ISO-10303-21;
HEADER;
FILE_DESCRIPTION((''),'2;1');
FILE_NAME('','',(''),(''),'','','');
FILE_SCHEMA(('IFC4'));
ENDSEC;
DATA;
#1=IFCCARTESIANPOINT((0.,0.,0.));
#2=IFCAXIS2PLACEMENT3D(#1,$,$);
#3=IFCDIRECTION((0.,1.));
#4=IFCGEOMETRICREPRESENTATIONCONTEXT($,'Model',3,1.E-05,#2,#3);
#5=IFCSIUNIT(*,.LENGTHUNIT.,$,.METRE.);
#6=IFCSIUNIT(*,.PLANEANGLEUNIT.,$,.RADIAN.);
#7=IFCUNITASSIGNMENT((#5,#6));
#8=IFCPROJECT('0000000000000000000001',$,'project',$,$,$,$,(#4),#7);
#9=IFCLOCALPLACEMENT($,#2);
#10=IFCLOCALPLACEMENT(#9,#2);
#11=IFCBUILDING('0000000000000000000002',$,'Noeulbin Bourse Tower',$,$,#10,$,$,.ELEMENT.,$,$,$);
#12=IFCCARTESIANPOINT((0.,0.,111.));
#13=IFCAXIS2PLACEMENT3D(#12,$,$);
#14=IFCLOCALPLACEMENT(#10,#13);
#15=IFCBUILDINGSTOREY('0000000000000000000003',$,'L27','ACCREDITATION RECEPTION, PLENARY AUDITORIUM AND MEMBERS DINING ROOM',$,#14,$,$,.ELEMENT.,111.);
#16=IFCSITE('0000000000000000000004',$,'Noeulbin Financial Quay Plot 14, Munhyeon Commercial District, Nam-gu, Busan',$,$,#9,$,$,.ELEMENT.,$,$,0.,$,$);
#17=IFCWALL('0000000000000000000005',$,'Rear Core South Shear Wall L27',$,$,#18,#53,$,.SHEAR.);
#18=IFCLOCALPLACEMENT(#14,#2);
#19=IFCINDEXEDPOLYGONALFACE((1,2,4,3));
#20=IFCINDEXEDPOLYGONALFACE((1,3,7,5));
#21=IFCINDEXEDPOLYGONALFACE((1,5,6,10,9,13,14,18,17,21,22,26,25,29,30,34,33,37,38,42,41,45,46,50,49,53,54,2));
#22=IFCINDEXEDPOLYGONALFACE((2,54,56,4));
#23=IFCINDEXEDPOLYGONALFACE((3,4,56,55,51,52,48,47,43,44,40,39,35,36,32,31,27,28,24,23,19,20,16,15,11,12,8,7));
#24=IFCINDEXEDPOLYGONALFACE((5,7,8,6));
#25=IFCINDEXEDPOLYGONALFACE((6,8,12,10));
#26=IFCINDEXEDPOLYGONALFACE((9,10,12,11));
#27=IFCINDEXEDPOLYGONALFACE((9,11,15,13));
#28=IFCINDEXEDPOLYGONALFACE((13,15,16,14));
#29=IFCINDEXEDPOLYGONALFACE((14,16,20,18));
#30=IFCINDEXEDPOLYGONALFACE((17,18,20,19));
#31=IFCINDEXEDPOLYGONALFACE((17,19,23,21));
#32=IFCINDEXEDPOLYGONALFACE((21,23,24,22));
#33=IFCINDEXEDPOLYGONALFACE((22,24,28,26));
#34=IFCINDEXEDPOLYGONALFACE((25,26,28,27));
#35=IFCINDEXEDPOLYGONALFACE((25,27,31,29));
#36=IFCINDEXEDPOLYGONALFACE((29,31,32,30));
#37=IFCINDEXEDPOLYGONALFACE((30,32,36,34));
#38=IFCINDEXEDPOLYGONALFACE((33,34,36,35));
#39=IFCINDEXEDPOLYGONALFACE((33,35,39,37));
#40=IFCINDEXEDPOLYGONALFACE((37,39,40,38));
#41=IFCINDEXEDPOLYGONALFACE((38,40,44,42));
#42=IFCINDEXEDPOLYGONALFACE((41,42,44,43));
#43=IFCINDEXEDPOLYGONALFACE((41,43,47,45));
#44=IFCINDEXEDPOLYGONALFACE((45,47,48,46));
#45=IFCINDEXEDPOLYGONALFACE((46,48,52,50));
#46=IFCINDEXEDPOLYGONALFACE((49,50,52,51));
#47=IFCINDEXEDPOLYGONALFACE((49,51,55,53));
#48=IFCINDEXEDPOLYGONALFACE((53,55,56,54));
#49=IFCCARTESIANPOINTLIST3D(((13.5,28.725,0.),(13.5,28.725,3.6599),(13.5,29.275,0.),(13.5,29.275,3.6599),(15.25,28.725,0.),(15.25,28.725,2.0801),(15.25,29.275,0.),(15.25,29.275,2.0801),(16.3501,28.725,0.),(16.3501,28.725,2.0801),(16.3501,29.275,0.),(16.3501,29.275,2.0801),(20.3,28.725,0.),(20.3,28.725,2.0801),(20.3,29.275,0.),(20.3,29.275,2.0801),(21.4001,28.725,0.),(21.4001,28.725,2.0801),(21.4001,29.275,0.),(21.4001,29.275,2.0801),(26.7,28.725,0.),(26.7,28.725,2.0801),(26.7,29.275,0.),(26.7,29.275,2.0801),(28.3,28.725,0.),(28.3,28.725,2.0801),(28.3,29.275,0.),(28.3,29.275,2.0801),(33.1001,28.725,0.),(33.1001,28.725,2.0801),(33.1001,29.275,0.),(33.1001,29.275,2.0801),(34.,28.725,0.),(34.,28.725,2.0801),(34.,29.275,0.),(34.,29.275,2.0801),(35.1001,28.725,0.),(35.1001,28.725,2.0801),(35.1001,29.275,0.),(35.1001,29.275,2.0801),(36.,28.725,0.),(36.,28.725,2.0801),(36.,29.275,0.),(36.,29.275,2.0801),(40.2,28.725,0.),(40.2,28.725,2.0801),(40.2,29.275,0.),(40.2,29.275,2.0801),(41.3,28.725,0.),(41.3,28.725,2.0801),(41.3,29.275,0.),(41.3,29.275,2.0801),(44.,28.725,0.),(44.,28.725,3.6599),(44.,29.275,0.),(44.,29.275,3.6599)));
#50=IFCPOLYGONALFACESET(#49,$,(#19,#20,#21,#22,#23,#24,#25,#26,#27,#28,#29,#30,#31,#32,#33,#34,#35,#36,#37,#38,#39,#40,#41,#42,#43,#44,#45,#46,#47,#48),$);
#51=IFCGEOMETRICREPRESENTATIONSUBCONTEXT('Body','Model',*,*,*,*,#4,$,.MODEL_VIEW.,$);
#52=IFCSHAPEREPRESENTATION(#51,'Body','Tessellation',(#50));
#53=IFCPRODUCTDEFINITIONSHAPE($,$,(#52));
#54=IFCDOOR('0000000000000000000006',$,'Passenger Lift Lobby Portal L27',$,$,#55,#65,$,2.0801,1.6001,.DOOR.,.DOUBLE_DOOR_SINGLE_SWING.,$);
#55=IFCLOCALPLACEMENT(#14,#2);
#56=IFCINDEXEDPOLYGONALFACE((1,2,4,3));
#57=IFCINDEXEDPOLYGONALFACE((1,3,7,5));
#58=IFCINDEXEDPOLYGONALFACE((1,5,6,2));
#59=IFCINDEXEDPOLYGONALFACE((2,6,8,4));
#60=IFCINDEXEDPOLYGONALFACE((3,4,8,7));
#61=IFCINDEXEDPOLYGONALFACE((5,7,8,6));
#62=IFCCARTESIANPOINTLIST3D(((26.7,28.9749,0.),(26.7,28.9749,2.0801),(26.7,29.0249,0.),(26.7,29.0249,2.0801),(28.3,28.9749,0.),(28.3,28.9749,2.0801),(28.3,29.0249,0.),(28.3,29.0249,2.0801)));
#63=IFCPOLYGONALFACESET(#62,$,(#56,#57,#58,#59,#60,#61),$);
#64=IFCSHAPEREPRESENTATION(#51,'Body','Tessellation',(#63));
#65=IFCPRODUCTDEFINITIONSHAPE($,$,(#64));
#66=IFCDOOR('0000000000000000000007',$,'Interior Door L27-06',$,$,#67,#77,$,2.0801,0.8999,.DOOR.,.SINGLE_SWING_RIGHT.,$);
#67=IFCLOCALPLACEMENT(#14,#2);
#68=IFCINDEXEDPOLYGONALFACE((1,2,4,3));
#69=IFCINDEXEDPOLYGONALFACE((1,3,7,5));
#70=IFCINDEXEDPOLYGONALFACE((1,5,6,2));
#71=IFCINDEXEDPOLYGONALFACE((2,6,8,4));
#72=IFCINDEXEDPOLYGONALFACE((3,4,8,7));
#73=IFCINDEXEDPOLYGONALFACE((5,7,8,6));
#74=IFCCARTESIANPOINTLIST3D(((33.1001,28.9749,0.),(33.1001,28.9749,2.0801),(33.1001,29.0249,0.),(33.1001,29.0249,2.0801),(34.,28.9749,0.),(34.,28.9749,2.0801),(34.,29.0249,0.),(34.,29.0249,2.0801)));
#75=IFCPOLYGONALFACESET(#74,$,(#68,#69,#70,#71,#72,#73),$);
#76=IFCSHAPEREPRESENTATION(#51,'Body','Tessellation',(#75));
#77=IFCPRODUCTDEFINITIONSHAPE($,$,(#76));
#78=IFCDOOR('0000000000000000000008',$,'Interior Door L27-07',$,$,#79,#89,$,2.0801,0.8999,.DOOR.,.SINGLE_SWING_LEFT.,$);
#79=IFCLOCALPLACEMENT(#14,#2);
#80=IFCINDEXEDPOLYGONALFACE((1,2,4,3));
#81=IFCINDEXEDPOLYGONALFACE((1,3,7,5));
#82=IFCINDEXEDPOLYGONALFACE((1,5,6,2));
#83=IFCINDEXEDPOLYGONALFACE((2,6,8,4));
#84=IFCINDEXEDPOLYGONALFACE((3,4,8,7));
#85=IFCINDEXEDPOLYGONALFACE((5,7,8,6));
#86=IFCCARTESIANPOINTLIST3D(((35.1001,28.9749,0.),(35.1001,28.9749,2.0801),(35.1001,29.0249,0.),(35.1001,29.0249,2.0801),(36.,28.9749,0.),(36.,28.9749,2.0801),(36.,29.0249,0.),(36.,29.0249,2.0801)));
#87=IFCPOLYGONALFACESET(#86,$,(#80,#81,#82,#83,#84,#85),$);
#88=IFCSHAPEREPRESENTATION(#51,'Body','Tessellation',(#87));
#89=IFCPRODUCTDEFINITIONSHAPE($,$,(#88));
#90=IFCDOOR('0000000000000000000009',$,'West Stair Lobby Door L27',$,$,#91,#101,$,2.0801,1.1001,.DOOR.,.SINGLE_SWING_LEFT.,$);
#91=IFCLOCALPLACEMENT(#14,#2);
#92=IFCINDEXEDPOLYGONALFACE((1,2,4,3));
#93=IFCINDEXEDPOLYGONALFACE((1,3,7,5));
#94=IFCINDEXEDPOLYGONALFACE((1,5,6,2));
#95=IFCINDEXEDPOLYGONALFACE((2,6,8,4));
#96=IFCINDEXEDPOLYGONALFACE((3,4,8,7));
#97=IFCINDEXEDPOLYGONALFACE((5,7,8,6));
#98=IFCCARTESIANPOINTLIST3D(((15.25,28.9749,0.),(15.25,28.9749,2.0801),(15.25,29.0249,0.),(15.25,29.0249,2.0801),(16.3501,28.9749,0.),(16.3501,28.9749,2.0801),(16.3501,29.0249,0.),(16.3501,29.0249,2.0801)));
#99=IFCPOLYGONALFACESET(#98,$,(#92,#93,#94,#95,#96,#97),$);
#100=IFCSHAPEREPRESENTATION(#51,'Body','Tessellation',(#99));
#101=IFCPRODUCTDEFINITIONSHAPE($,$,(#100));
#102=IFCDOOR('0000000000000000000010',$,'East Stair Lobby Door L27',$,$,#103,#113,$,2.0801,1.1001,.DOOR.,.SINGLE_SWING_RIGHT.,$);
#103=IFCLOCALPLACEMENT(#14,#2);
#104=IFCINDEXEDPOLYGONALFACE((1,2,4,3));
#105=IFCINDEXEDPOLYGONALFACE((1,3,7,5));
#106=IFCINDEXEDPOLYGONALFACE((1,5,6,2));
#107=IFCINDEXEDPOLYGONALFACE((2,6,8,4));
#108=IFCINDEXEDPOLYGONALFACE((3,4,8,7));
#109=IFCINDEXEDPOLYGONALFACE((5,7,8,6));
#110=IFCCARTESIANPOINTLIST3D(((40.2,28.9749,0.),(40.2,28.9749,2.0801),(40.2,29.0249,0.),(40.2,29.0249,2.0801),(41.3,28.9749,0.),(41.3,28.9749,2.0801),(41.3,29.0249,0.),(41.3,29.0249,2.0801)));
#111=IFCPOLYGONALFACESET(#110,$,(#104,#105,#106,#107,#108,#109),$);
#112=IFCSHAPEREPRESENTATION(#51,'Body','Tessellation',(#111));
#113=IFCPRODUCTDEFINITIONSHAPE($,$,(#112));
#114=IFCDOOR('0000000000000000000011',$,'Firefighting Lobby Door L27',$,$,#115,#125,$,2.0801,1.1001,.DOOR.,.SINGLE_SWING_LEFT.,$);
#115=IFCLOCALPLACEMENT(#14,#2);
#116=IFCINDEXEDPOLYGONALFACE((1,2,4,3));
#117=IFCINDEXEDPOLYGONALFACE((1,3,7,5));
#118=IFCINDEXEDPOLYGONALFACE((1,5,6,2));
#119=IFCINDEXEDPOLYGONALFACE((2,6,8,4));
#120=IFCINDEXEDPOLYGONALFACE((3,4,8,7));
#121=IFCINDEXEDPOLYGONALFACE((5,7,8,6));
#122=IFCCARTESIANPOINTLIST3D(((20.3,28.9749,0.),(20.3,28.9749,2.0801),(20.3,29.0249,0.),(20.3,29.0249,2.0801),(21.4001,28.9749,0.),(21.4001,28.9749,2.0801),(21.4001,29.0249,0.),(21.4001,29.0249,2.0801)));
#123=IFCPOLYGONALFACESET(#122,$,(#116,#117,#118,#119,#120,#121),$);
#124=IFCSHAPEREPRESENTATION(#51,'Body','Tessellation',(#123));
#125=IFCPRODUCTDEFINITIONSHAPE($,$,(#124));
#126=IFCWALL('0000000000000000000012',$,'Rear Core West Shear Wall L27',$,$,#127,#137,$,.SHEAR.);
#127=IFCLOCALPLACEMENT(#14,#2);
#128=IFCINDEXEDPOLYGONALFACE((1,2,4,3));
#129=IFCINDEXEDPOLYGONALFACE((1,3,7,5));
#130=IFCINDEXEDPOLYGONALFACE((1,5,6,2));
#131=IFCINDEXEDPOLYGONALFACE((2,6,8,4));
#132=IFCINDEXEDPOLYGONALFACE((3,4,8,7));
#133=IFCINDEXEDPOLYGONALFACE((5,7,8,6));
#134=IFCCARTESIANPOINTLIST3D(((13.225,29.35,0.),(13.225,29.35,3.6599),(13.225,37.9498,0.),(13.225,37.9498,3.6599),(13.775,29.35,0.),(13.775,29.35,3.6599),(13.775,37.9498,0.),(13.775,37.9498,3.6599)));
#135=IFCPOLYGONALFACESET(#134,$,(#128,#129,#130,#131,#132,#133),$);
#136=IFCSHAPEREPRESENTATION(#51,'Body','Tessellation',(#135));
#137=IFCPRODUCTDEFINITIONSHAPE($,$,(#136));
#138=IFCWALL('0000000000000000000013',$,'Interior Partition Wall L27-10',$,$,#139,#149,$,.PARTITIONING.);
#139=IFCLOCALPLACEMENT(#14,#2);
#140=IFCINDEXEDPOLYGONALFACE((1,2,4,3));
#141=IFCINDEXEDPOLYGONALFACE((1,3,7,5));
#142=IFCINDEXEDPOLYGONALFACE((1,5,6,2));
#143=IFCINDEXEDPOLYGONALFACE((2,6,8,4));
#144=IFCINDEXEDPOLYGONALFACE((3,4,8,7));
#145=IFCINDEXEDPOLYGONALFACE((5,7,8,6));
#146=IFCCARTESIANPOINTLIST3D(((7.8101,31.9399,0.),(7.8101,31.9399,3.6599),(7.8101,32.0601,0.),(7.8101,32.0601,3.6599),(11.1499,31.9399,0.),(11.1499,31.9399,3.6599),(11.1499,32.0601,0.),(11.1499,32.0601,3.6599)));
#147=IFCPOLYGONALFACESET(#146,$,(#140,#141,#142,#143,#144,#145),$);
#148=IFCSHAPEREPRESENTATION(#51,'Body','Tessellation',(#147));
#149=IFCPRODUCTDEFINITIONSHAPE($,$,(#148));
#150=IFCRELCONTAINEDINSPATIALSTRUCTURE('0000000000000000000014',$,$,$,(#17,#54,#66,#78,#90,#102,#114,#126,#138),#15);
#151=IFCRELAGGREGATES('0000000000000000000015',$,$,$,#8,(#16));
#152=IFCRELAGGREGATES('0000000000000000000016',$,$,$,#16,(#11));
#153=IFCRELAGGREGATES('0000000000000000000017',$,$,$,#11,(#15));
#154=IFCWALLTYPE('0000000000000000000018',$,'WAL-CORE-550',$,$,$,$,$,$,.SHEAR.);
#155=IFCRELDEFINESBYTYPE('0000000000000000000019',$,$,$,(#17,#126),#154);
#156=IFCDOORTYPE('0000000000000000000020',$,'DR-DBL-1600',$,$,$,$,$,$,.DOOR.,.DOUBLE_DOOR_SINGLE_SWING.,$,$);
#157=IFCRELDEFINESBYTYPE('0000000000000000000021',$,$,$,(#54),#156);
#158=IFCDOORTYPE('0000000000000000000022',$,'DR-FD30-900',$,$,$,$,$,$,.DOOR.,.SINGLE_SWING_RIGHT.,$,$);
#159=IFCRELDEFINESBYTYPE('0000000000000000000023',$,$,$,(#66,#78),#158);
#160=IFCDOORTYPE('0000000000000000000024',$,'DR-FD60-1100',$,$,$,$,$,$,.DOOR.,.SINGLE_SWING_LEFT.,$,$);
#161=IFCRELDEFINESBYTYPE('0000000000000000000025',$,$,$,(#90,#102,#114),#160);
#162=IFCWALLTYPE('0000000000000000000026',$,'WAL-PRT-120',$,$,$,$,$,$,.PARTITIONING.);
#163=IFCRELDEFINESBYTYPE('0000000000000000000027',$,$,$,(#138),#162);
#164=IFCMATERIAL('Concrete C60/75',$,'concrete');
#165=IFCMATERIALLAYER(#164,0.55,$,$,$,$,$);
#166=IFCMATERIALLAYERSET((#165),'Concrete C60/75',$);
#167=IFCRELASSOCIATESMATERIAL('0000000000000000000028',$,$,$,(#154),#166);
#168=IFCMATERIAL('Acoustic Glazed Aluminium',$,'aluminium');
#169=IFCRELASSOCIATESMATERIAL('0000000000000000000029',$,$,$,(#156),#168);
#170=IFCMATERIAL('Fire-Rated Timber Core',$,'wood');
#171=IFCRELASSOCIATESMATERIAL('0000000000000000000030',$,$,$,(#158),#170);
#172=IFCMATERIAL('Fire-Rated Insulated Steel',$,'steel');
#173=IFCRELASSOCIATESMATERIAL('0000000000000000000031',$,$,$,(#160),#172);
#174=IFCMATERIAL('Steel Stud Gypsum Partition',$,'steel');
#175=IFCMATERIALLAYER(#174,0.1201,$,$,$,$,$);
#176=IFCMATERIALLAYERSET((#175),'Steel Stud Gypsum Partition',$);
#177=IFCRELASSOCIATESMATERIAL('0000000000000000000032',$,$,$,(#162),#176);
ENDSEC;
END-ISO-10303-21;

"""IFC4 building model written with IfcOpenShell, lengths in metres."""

from ifc_helpers import new_model, si_unit, direction, frame, frame_2d, origin, place, context, subcontext, project, spatial, rectangle, extrude, material, layer, layer_set, type_object, element, fill, save


model = new_model("IFC4")

# Units and contexts
model_context = context("Model", 3, precision=1e-05, world=origin(), true_north=direction((0.0, 1.0)))
body_context = subcontext(model_context, "Body", "Model", "MODEL_VIEW")
ifc_project = project(units=[si_unit("LENGTHUNIT", "METRE"), si_unit("PLANEANGLEUNIT", "RADIAN")], contexts=[model_context])

# Site, building, storey
site_placement = place(None, origin())
site = spatial("IfcSite", under=ifc_project, at=site_placement, Name="Noeulbin Financial Quay Plot 14, Munhyeon Commercial District, Nam-gu, Busan", CompositionType="ELEMENT", RefElevation=0.0)
building_placement = place(site_placement, origin())
building = spatial("IfcBuilding", under=site, at=building_placement, Name="Noeulbin Bourse Tower", CompositionType="ELEMENT")
storey_placement = place(building_placement, frame((0.0, 0.0, 111.0)))
storey = spatial("IfcBuildingStorey", under=building, at=storey_placement, Name="L27", Description="ACCREDITATION RECEPTION, PLENARY AUDITORIUM AND MEMBERS DINING ROOM", CompositionType="ELEMENT", Elevation=111.0)

# Wall, openings, doors
ifc_material_1 = material(Name="Concrete C60/75", Category="concrete")
ifc_layer_1 = layer(ifc_material_1, 0.55)
ifc_layer_set_1 = layer_set([ifc_layer_1], Name="Concrete C60/75")
wall_type_1 = type_object("IfcWallType", Name="WAL-CORE-550", PredefinedType="SHEAR", material=ifc_layer_set_1)
wall_1_placement = place(storey_placement, frame((13.5, 29.0, 0.0), z_axis=(0.0, 0.0, 1.0), x_axis=(1.0, 0.0, 0.0)))
wall_1 = element("IfcWall", 1, at=wall_1_placement, inside=storey, type_object=wall_type_1, Name="Rear Core South Shear Wall L27", PredefinedType="SHEAR", context=body_context, shape_type="SweptSolid", body=[
    extrude(rectangle(XDim=30.5, YDim=0.55, at=frame_2d((15.25, 0.0))), origin(), (0.0, 0.0, 1.0), 3.6599),
])
opening_1_placement = place(wall_1_placement, frame((1.75, 0.0, 0.0)))
opening_1 = element("IfcOpeningElement", 2, at=opening_1_placement, cuts=wall_1, PredefinedType="OPENING", context=body_context, shape_type="SweptSolid", body=[
    extrude(rectangle(XDim=1.1001, YDim=2.0801, at=frame_2d((0.55, 1.04))), frame((0.0, 0.2849, 0.0), z_axis=(0.0, -1.0, 0.0), x_axis=(1.0, 0.0, 0.0)), (0.0, 0.0, 1.0), 0.5701),
])
opening_2_placement = place(wall_1_placement, frame((26.7, 0.0, 0.0)))
opening_2 = element("IfcOpeningElement", 3, at=opening_2_placement, cuts=wall_1, PredefinedType="OPENING", context=body_context, shape_type="SweptSolid", body=[
    extrude(rectangle(XDim=1.1001, YDim=2.0801, at=frame_2d((0.55, 1.04))), frame((0.0, 0.2849, 0.0), z_axis=(0.0, -1.0, 0.0), x_axis=(1.0, 0.0, 0.0)), (0.0, 0.0, 1.0), 0.5701),
])
opening_3_placement = place(wall_1_placement, frame((6.8, 0.0, 0.0)))
opening_3 = element("IfcOpeningElement", 4, at=opening_3_placement, cuts=wall_1, PredefinedType="OPENING", context=body_context, shape_type="SweptSolid", body=[
    extrude(rectangle(XDim=1.1001, YDim=2.0801, at=frame_2d((0.55, 1.04))), frame((0.0, 0.2849, 0.0), z_axis=(0.0, -1.0, 0.0), x_axis=(1.0, 0.0, 0.0)), (0.0, 0.0, 1.0), 0.5701),
])
opening_4_placement = place(wall_1_placement, frame((13.2, 0.0, 0.0)))
opening_4 = element("IfcOpeningElement", 5, at=opening_4_placement, cuts=wall_1, PredefinedType="OPENING", context=body_context, shape_type="SweptSolid", body=[
    extrude(rectangle(XDim=1.6001, YDim=2.0801, at=frame_2d((0.8, 1.04))), frame((0.0, 0.2849, 0.0), z_axis=(0.0, -1.0, 0.0), x_axis=(1.0, 0.0, 0.0)), (0.0, 0.0, 1.0), 0.5701),
])
opening_5_placement = place(wall_1_placement, frame((19.6001, 0.0, 0.0)))
opening_5 = element("IfcOpeningElement", 6, at=opening_5_placement, cuts=wall_1, PredefinedType="OPENING", context=body_context, shape_type="SweptSolid", body=[
    extrude(rectangle(XDim=0.8999, YDim=2.0801, at=frame_2d((0.45, 1.04))), frame((0.0, 0.2849, 0.0), z_axis=(0.0, -1.0, 0.0), x_axis=(1.0, 0.0, 0.0)), (0.0, 0.0, 1.0), 0.5701),
])
opening_6_placement = place(wall_1_placement, frame((21.6001, 0.0, 0.0)))
opening_6 = element("IfcOpeningElement", 7, at=opening_6_placement, cuts=wall_1, PredefinedType="OPENING", context=body_context, shape_type="SweptSolid", body=[
    extrude(rectangle(XDim=0.8999, YDim=2.0801, at=frame_2d((0.45, 1.04))), frame((0.0, 0.2849, 0.0), z_axis=(0.0, -1.0, 0.0), x_axis=(1.0, 0.0, 0.0)), (0.0, 0.0, 1.0), 0.5701),
])
ifc_material_2 = material(Name="Acoustic Glazed Aluminium", Category="aluminium")
door_type_1 = type_object("IfcDoorType", Name="DR-DBL-1600", OperationType="DOUBLE_DOOR_SINGLE_SWING", PredefinedType="DOOR", material=ifc_material_2)
door_1_placement = place(opening_4_placement, origin())
door_1 = element("IfcDoor", 8, at=door_1_placement, inside=storey, type_object=door_type_1, Name="Passenger Lift Lobby Portal L27", OperationType="DOUBLE_DOOR_SINGLE_SWING", OverallHeight=2.0801, OverallWidth=1.6001, PredefinedType="DOOR", context=body_context, shape_type="SweptSolid", body=[
    extrude(rectangle(XDim=1.6001, YDim=2.0801, at=frame_2d((0.8, 1.04))), frame((0.0, 0.0249, 0.0), z_axis=(0.0, -1.0, 0.0), x_axis=(1.0, 0.0, 0.0)), (0.0, 0.0, 1.0), 0.05),
])
fill(opening_4, door_1)
ifc_material_3 = material(Name="Fire-Rated Timber Core", Category="wood")
door_type_2 = type_object("IfcDoorType", Name="DR-FD30-900", OperationType="SINGLE_SWING_RIGHT", PredefinedType="DOOR", material=ifc_material_3)
door_2_placement = place(opening_5_placement, origin())
door_2 = element("IfcDoor", 9, at=door_2_placement, inside=storey, type_object=door_type_2, Name="Interior Door L27-06", OperationType="SINGLE_SWING_RIGHT", OverallHeight=2.0801, OverallWidth=0.8999, PredefinedType="DOOR", context=body_context, shape_type="SweptSolid", body=[
    extrude(rectangle(XDim=0.8999, YDim=2.0801, at=frame_2d((0.45, 1.04))), frame((0.0, 0.0249, 0.0), z_axis=(0.0, -1.0, 0.0), x_axis=(1.0, 0.0, 0.0)), (0.0, 0.0, 1.0), 0.05),
])
fill(opening_5, door_2)
door_3_placement = place(opening_6_placement, origin())
door_3 = element("IfcDoor", 10, at=door_3_placement, inside=storey, type_object=door_type_2, Name="Interior Door L27-07", OperationType="SINGLE_SWING_LEFT", OverallHeight=2.0801, OverallWidth=0.8999, PredefinedType="DOOR", context=body_context, shape_type="SweptSolid", body=[
    extrude(rectangle(XDim=0.8999, YDim=2.0801, at=frame_2d((0.45, 1.04))), frame((0.0, 0.0249, 0.0), z_axis=(0.0, -1.0, 0.0), x_axis=(1.0, 0.0, 0.0)), (0.0, 0.0, 1.0), 0.05),
])
fill(opening_6, door_3)
ifc_material_4 = material(Name="Fire-Rated Insulated Steel", Category="steel")
door_type_3 = type_object("IfcDoorType", Name="DR-FD60-1100", OperationType="SINGLE_SWING_LEFT", PredefinedType="DOOR", material=ifc_material_4)
door_4_placement = place(opening_1_placement, origin())
door_4 = element("IfcDoor", 11, at=door_4_placement, inside=storey, type_object=door_type_3, Name="West Stair Lobby Door L27", OperationType="SINGLE_SWING_LEFT", OverallHeight=2.0801, OverallWidth=1.1001, PredefinedType="DOOR", context=body_context, shape_type="SweptSolid", body=[
    extrude(rectangle(XDim=1.1001, YDim=2.0801, at=frame_2d((0.55, 1.04))), frame((0.0, 0.0249, 0.0), z_axis=(0.0, -1.0, 0.0), x_axis=(1.0, 0.0, 0.0)), (0.0, 0.0, 1.0), 0.05),
])
fill(opening_1, door_4)
door_5_placement = place(opening_2_placement, origin())
door_5 = element("IfcDoor", 12, at=door_5_placement, inside=storey, type_object=door_type_3, Name="East Stair Lobby Door L27", OperationType="SINGLE_SWING_RIGHT", OverallHeight=2.0801, OverallWidth=1.1001, PredefinedType="DOOR", context=body_context, shape_type="SweptSolid", body=[
    extrude(rectangle(XDim=1.1001, YDim=2.0801, at=frame_2d((0.55, 1.04))), frame((0.0, 0.0249, 0.0), z_axis=(0.0, -1.0, 0.0), x_axis=(1.0, 0.0, 0.0)), (0.0, 0.0, 1.0), 0.05),
])
fill(opening_2, door_5)
door_6_placement = place(opening_3_placement, origin())
door_6 = element("IfcDoor", 13, at=door_6_placement, inside=storey, type_object=door_type_3, Name="Firefighting Lobby Door L27", OperationType="SINGLE_SWING_LEFT", OverallHeight=2.0801, OverallWidth=1.1001, PredefinedType="DOOR", context=body_context, shape_type="SweptSolid", body=[
    extrude(rectangle(XDim=1.1001, YDim=2.0801, at=frame_2d((0.55, 1.04))), frame((0.0, 0.0249, 0.0), z_axis=(0.0, -1.0, 0.0), x_axis=(1.0, 0.0, 0.0)), (0.0, 0.0, 1.0), 0.05),
])
fill(opening_3, door_6)

# Walls
wall_2_placement = place(storey_placement, frame((13.5, 29.3501, 0.0), z_axis=(0.0, 0.0, 1.0), x_axis=(0.0, 1.0, 0.0)))
element("IfcWall", 14, at=wall_2_placement, inside=storey, type_object=wall_type_1, Name="Rear Core West Shear Wall L27", PredefinedType="SHEAR", context=body_context, shape_type="SweptSolid", body=[
    extrude(rectangle(XDim=8.5999, YDim=0.55, at=frame_2d((4.2998, 0.0))), origin(), (0.0, 0.0, 1.0), 3.6599),
])
ifc_material_5 = material(Name="Steel Stud Gypsum Partition", Category="steel")
ifc_layer_2 = layer(ifc_material_5, 0.1201)
ifc_layer_set_2 = layer_set([ifc_layer_2], Name="Steel Stud Gypsum Partition")
wall_type_2 = type_object("IfcWallType", Name="WAL-PRT-120", PredefinedType="PARTITIONING", material=ifc_layer_set_2)
wall_3_placement = place(storey_placement, frame((7.8101, 32.0, 0.0), z_axis=(0.0, 0.0, 1.0), x_axis=(1.0, 0.0, 0.0)))
element("IfcWall", 15, at=wall_3_placement, inside=storey, type_object=wall_type_2, Name="Interior Partition Wall L27-10", PredefinedType="PARTITIONING", context=body_context, shape_type="SweptSolid", body=[
    extrude(rectangle(XDim=3.3398, YDim=0.1201, at=frame_2d((1.6699, 0.0))), origin(), (0.0, 0.0, 1.0), 3.6599),
])

save(model, "model.ifc")
